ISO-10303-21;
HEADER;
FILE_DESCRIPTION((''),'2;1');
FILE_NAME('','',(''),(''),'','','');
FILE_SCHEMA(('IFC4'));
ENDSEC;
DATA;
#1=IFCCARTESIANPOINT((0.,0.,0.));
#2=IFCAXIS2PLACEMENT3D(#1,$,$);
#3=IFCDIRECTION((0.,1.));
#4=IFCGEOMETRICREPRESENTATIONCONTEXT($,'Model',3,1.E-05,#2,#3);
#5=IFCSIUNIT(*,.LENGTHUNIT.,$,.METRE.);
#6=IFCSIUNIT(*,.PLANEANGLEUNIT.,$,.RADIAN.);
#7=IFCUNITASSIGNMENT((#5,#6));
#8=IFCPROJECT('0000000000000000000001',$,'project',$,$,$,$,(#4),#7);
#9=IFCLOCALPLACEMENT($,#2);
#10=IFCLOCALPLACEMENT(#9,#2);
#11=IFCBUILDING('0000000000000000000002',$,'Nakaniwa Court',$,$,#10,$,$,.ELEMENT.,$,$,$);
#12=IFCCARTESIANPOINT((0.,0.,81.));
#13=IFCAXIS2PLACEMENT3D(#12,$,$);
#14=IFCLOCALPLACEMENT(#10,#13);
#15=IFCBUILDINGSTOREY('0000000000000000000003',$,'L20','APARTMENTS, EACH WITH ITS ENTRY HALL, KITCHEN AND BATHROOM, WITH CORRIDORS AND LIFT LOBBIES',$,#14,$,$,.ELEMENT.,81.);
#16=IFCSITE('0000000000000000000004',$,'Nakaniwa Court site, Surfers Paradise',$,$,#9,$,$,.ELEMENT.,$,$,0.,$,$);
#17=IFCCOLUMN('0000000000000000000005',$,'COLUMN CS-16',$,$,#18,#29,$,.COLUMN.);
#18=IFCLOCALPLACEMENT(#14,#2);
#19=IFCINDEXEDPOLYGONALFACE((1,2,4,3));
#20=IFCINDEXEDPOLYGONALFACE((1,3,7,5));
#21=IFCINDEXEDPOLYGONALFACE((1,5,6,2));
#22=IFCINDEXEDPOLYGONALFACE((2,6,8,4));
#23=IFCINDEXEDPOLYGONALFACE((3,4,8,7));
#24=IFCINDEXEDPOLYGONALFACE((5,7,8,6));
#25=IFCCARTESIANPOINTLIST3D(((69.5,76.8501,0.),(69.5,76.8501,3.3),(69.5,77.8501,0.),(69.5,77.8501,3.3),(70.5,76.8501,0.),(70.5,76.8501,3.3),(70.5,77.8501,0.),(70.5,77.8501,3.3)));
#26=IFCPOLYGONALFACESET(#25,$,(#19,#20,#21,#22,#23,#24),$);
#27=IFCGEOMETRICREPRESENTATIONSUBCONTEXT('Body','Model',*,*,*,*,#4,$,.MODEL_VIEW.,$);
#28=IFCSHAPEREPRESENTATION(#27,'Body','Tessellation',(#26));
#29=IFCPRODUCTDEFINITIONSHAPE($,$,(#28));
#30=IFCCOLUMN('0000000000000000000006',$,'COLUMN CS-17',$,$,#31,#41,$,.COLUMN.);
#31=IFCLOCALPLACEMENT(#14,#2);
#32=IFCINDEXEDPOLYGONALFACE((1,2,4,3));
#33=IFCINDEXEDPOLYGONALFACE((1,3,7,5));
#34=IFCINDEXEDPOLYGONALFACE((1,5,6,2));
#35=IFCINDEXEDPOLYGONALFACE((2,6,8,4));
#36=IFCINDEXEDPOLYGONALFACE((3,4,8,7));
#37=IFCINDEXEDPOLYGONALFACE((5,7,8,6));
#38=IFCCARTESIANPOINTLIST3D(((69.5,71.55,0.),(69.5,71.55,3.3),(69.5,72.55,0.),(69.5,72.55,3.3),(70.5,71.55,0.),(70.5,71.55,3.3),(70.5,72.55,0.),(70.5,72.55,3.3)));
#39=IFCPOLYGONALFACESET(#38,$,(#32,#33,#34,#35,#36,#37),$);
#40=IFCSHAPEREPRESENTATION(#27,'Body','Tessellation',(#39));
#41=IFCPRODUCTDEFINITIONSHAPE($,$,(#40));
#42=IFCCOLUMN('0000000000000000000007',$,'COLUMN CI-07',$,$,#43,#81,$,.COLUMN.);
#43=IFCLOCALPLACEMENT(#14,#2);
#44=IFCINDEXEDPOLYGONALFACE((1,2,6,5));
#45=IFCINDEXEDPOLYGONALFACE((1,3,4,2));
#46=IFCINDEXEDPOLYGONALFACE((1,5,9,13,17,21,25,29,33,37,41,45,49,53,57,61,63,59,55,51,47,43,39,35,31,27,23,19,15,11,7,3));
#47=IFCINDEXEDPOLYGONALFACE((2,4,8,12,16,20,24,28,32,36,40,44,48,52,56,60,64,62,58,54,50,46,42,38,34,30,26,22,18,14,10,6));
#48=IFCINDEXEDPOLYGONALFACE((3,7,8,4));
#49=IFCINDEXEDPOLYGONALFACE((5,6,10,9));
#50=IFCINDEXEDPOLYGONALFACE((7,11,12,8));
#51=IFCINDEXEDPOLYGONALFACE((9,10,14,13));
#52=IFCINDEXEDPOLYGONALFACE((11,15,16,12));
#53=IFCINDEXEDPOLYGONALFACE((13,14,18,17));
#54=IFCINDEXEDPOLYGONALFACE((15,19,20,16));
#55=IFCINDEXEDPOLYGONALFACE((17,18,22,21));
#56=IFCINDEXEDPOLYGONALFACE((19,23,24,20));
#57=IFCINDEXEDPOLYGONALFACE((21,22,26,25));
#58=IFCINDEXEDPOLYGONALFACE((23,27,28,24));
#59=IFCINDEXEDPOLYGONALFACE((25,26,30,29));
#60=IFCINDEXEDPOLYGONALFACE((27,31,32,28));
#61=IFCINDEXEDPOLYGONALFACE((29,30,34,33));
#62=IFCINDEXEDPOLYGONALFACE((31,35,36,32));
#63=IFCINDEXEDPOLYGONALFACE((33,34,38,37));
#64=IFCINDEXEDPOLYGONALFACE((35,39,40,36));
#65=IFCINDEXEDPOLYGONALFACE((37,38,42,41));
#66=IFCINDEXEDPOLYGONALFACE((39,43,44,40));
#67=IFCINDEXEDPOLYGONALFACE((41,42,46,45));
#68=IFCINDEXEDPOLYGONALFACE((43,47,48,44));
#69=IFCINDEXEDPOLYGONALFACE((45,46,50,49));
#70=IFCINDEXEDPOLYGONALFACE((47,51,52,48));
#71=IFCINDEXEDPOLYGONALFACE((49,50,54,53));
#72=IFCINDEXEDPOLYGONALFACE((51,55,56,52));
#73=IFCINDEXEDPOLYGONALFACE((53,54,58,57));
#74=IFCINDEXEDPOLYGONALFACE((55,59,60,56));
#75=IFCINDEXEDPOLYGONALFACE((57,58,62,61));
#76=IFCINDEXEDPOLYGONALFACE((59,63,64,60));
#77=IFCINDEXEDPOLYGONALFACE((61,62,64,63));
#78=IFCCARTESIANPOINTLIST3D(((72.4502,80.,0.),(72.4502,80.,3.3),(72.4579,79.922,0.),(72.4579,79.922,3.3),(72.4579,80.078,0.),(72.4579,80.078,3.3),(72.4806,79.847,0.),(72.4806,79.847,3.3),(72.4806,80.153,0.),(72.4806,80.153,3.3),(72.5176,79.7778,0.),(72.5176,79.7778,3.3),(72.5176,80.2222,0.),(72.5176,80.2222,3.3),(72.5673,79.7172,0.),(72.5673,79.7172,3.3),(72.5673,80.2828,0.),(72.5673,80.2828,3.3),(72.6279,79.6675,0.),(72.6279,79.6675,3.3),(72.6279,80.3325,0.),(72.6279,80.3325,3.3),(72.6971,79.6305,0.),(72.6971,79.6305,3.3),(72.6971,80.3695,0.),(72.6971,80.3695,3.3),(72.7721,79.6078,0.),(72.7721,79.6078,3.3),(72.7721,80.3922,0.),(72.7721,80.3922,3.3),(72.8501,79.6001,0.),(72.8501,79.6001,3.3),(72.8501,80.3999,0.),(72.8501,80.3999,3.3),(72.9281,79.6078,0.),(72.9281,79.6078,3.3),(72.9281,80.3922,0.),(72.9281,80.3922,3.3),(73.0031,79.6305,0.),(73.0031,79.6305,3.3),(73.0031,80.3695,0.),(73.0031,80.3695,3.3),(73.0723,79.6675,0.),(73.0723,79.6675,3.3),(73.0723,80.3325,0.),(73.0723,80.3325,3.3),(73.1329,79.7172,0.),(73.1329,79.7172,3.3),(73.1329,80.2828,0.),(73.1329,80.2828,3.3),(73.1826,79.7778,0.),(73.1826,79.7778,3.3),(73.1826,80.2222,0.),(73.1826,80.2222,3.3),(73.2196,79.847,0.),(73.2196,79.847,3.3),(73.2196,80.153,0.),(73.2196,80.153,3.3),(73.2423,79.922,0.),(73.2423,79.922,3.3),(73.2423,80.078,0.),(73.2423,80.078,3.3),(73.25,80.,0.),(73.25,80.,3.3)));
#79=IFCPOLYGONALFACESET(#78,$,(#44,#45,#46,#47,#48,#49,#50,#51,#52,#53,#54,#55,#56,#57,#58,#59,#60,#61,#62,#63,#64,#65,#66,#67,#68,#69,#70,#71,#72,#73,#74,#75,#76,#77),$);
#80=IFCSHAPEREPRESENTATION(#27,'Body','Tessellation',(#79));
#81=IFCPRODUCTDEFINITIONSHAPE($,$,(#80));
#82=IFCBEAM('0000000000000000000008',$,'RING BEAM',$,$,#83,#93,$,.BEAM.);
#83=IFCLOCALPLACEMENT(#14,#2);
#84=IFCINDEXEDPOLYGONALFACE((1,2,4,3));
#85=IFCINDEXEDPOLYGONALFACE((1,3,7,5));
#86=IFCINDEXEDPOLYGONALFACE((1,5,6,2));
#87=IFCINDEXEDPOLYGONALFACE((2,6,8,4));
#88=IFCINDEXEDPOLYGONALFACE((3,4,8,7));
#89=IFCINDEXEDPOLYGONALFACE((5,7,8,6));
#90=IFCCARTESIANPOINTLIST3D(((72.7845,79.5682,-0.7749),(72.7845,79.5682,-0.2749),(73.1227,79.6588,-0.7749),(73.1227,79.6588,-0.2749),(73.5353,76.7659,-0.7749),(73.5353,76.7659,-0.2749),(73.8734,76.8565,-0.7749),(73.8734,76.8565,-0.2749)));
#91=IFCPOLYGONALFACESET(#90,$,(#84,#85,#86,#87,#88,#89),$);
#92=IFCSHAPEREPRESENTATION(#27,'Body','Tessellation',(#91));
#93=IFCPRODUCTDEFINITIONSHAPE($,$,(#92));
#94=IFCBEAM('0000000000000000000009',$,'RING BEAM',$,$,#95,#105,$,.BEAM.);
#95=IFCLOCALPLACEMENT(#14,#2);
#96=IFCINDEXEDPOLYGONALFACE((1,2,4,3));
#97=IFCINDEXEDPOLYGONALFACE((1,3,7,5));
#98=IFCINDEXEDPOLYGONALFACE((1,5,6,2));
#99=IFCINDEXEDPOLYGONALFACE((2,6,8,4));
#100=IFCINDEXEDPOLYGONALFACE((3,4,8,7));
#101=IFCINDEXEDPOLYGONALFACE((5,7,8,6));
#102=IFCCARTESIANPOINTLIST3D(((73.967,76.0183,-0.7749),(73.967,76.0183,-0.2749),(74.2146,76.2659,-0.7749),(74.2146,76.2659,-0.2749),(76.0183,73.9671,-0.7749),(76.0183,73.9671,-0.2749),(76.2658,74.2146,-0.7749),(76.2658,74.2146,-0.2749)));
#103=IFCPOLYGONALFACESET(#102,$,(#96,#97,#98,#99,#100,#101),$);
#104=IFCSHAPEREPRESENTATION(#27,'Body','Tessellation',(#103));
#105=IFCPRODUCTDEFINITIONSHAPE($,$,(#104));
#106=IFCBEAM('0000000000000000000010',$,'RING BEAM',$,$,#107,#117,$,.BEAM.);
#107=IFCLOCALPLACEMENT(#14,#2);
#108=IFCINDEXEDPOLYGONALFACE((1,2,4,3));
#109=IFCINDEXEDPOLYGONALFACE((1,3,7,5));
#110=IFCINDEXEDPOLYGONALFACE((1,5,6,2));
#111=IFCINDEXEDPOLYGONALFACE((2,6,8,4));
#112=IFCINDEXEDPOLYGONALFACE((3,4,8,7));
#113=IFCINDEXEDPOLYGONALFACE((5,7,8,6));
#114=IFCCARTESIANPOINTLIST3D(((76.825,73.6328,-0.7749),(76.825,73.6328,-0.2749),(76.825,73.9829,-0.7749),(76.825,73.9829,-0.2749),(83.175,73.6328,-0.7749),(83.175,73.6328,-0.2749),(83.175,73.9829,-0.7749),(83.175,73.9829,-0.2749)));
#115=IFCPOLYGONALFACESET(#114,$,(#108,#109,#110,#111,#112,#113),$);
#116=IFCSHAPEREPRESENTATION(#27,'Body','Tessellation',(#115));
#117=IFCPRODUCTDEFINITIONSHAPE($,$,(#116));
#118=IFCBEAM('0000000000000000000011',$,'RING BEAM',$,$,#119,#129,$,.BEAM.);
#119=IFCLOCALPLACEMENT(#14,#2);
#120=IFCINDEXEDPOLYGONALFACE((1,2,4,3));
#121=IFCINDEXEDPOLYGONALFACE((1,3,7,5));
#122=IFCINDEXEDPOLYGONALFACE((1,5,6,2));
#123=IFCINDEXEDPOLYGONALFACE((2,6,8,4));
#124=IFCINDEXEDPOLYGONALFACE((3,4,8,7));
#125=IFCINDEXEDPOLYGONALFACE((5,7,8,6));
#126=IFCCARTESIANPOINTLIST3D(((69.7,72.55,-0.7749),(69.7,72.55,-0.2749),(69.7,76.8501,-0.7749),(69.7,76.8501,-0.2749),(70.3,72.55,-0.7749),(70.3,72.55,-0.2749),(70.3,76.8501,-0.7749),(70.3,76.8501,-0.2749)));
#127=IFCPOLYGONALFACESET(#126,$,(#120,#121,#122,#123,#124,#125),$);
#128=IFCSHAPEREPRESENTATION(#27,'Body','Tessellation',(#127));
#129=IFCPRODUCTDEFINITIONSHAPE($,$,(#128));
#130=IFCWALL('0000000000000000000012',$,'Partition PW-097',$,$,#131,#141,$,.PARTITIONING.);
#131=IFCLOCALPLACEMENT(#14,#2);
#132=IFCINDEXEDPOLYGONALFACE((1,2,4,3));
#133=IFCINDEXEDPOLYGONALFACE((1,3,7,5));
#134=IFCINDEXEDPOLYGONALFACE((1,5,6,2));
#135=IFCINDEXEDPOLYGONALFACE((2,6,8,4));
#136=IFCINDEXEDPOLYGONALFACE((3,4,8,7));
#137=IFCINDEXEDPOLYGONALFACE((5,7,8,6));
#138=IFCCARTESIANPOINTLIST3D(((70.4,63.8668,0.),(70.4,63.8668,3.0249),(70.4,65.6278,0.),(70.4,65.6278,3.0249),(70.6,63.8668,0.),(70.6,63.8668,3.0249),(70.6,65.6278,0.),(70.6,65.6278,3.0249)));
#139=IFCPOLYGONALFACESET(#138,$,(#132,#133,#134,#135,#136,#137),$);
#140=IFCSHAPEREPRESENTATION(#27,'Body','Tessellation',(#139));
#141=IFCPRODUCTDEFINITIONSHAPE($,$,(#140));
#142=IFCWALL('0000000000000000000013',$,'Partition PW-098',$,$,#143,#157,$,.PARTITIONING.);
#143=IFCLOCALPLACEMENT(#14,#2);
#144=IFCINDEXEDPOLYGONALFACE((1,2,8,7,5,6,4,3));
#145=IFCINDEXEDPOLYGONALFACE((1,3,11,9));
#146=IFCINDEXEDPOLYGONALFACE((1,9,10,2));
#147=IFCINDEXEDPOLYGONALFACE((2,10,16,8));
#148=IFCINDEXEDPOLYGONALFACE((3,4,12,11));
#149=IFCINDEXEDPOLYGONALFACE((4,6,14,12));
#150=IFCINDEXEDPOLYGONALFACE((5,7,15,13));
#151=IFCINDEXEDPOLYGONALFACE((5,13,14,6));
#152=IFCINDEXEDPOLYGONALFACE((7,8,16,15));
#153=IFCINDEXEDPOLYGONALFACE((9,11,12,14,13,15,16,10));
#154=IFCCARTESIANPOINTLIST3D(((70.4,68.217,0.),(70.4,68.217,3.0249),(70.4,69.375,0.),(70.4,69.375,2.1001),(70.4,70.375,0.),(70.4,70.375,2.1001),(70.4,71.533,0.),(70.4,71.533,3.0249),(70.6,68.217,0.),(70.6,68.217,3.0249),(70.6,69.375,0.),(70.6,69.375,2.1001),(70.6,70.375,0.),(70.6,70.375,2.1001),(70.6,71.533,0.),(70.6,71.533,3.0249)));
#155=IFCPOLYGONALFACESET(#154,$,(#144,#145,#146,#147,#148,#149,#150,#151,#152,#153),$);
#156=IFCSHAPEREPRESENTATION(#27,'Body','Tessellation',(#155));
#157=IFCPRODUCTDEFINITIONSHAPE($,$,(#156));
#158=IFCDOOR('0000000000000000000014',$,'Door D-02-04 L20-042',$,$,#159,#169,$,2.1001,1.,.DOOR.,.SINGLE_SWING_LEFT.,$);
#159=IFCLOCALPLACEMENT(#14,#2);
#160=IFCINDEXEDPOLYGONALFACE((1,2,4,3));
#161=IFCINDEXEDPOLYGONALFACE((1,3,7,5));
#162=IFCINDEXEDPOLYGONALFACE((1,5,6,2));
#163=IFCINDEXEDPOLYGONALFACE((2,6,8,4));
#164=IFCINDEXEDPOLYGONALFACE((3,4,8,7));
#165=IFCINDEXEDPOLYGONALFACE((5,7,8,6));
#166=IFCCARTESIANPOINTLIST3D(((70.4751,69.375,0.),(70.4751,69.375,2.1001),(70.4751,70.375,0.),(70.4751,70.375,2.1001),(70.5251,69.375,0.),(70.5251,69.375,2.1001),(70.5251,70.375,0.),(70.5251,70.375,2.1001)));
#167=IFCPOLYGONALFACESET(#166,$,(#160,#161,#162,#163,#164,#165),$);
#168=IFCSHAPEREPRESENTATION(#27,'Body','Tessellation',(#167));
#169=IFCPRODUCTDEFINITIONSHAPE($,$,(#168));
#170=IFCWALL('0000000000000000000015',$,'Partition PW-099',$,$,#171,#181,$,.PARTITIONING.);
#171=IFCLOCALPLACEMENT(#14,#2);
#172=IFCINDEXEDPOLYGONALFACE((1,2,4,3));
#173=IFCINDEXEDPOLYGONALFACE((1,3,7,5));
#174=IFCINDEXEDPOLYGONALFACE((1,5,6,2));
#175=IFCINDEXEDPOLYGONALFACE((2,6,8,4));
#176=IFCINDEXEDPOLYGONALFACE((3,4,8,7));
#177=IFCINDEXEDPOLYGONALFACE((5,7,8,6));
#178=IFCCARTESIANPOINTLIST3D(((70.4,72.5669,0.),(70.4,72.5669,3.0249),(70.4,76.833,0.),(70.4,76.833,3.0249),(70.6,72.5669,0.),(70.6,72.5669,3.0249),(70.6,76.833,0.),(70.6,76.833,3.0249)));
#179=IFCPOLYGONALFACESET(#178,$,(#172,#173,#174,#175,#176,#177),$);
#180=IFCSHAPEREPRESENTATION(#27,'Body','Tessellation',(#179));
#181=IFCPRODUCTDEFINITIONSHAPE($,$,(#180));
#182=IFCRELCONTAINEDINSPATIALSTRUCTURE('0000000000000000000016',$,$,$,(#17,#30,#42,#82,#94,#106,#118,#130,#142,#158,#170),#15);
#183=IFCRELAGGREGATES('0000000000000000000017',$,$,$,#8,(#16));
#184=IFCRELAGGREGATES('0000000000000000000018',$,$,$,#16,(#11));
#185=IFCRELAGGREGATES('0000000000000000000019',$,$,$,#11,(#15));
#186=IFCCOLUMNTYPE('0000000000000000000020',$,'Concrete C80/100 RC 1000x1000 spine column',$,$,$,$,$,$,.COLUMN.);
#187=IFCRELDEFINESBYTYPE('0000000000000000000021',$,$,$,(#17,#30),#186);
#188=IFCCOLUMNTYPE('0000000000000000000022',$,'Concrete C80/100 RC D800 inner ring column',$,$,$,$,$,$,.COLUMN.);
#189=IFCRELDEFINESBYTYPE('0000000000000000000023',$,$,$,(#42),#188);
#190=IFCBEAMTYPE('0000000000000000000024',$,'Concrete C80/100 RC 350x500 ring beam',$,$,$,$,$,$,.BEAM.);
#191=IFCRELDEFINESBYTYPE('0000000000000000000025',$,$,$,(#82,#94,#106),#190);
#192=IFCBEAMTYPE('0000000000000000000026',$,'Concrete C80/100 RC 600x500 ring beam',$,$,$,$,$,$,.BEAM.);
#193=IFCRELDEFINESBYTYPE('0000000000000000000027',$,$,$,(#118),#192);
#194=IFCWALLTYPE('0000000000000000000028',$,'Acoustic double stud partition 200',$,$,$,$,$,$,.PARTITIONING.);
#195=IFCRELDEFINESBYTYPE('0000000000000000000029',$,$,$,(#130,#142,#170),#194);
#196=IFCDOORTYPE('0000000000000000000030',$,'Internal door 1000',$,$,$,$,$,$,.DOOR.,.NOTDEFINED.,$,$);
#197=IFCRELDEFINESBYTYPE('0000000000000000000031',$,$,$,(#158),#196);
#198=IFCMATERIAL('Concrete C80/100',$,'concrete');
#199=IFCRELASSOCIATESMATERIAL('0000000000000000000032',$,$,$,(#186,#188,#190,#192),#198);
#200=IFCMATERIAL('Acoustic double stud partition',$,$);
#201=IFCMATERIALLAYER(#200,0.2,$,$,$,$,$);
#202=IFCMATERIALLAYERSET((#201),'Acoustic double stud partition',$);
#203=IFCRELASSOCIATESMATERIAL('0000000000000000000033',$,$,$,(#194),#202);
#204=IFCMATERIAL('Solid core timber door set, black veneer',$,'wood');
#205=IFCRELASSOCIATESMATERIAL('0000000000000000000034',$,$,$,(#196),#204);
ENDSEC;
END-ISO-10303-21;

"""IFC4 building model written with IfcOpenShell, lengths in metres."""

from ifc_helpers import new_model, si_unit, direction, frame, frame_2d, origin, origin_2d, place, context, subcontext, project, spatial, rectangle, circle, extrude, material, layer, layer_set, material_profile, profile_set, type_object, element, fill, save


model = new_model("IFC4")

# Units and contexts
model_context = context("Model", 3, precision=1e-05, world=origin(), true_north=direction((0.0, 1.0)))
body_context = subcontext(model_context, "Body", "Model", "MODEL_VIEW")
ifc_project = project(units=[si_unit("LENGTHUNIT", "METRE"), si_unit("PLANEANGLEUNIT", "RADIAN")], contexts=[model_context])

# Site, building, storey
site_placement = place(None, origin())
site = spatial("IfcSite", under=ifc_project, at=site_placement, Name="Nakaniwa Court site, Surfers Paradise", CompositionType="ELEMENT", RefElevation=0.0)
building_placement = place(site_placement, origin())
building = spatial("IfcBuilding", under=site, at=building_placement, Name="Nakaniwa Court", CompositionType="ELEMENT")
storey_placement = place(building_placement, frame((0.0, 0.0, 81.0)))
storey = spatial("IfcBuildingStorey", under=building, at=storey_placement, Name="L20", Description="APARTMENTS, EACH WITH ITS ENTRY HALL, KITCHEN AND BATHROOM, WITH CORRIDORS AND LIFT LOBBIES", CompositionType="ELEMENT", Elevation=81.0)

# Columns
ifc_material_1 = material(Name="Concrete C80/100", Category="concrete")
ifc_material_profile_1 = material_profile(ifc_material_1, rectangle(XDim=1.0, YDim=1.0, at=origin_2d()), Name="Concrete C80/100 RC 1000x1000 spine column")
ifc_profile_set_1 = profile_set([ifc_material_profile_1], Name="Concrete C80/100")
column_type_1 = type_object("IfcColumnType", Name="Concrete C80/100 RC 1000x1000 spine column", PredefinedType="COLUMN", material=ifc_profile_set_1)
for number, where, z_axis, x_axis, name in (
    (1, (70.0, 77.3501, 0.0), (0.0, 0.0, 1.0), (0.0, -1.0, 0.0), "COLUMN CS-16"),
    (2, (70.0, 72.05, 0.0), (0.0, 0.0, 1.0), (0.0, -1.0, 0.0), "COLUMN CS-17"),
):
    element("IfcColumn", number, at=place(storey_placement, frame(where, z_axis=z_axis, x_axis=x_axis)), inside=storey, type_object=column_type_1, Name=name, PredefinedType="COLUMN", context=body_context, shape_type="SweptSolid", body=[
        extrude(rectangle(XDim=1.0, YDim=1.0, at=origin_2d()), origin(), (0.0, 0.0, 1.0), 3.3),
    ])
ifc_material_profile_2 = material_profile(ifc_material_1, circle(Radius=0.3999, at=origin_2d()), Name="Concrete C80/100 RC D800 inner ring column")
ifc_profile_set_2 = profile_set([ifc_material_profile_2], Name="Concrete C80/100")
column_type_2 = type_object("IfcColumnType", Name="Concrete C80/100 RC D800 inner ring column", PredefinedType="COLUMN", material=ifc_profile_set_2)
for number, where, z_axis, x_axis, name in (
    (3, (72.8501, 80.0, 0.0), (0.0, 0.0, 1.0), (0.0, -1.0, 0.0), "COLUMN CI-07"),
):
    element("IfcColumn", number, at=place(storey_placement, frame(where, z_axis=z_axis, x_axis=x_axis)), inside=storey, type_object=column_type_2, Name=name, PredefinedType="COLUMN", context=body_context, shape_type="SweptSolid", body=[
        extrude(circle(Radius=0.3999, at=origin_2d()), origin(), (0.0, 0.0, 1.0), 3.3),
    ])

# Beams
ifc_material_profile_3 = material_profile(ifc_material_1, rectangle(XDim=0.3501, YDim=0.5, at=origin_2d()), Name="Concrete C80/100 RC 350x500 ring beam")
ifc_profile_set_3 = profile_set([ifc_material_profile_3], Name="Concrete C80/100")
beam_type_1 = type_object("IfcBeamType", Name="Concrete C80/100 RC 350x500 ring beam", PredefinedType="BEAM", material=ifc_profile_set_3)
beam_1_placement = place(storey_placement, frame((72.9536, 79.6135, -0.5249), z_axis=(0.258778, -0.965937, 0.0), x_axis=(0.965937, 0.258778, 0.0)))
element("IfcBeam", 4, at=beam_1_placement, inside=storey, type_object=beam_type_1, Name="RING BEAM", PredefinedType="BEAM", context=body_context, shape_type="SweptSolid", body=[
    extrude(rectangle(XDim=0.3501, YDim=0.5, at=origin_2d()), origin(), (0.0, 0.0, 1.0), 2.9011),
])
beam_2_placement = place(storey_placement, frame((74.0908, 76.1421, -0.5249), z_axis=(0.707107, -0.707107, 0.0), x_axis=(0.707107, 0.707107, 0.0)))
element("IfcBeam", 5, at=beam_2_placement, inside=storey, type_object=beam_type_1, Name="RING BEAM", PredefinedType="BEAM", context=body_context, shape_type="SweptSolid", body=[
    extrude(rectangle(XDim=0.3501, YDim=0.5, at=origin_2d()), origin(), (0.0, 0.0, 1.0), 2.9009),
])
beam_3_placement = place(storey_placement, frame((76.825, 73.8079, -0.5249), z_axis=(1.0, 0.0, 0.0), x_axis=(0.0, 1.0, 0.0)))
element("IfcBeam", 6, at=beam_3_placement, inside=storey, type_object=beam_type_1, Name="RING BEAM", PredefinedType="BEAM", context=body_context, shape_type="SweptSolid", body=[
    extrude(rectangle(XDim=0.3501, YDim=0.5, at=origin_2d()), origin(), (0.0, 0.0, 1.0), 6.3501),
])
ifc_material_profile_4 = material_profile(ifc_material_1, rectangle(XDim=0.6001, YDim=0.5, at=origin_2d()), Name="Concrete C80/100 RC 600x500 ring beam")
ifc_profile_set_4 = profile_set([ifc_material_profile_4], Name="Concrete C80/100")
beam_type_2 = type_object("IfcBeamType", Name="Concrete C80/100 RC 600x500 ring beam", PredefinedType="BEAM", material=ifc_profile_set_4)
beam_4_placement = place(storey_placement, frame((70.0, 76.8501, -0.5249), z_axis=(0.0, -1.0, 0.0), x_axis=(1.0, 0.0, 0.0)))
element("IfcBeam", 7, at=beam_4_placement, inside=storey, type_object=beam_type_2, Name="RING BEAM", PredefinedType="BEAM", context=body_context, shape_type="SweptSolid", body=[
    extrude(rectangle(XDim=0.6001, YDim=0.5, at=origin_2d()), origin(), (0.0, 0.0, 1.0), 4.3),
])

# Wall
ifc_material_2 = material(Name="Acoustic double stud partition")
ifc_layer_1 = layer(ifc_material_2, 0.2)
ifc_layer_set_1 = layer_set([ifc_layer_1], Name="Acoustic double stud partition")
wall_type_1 = type_object("IfcWallType", Name="Acoustic double stud partition 200", PredefinedType="PARTITIONING", material=ifc_layer_set_1)
wall_1_placement = place(storey_placement, frame((70.5, 63.8669, 0.0), z_axis=(0.0, 0.0, 1.0), x_axis=(0.0, 1.0, 0.0)))
element("IfcWall", 8, at=wall_1_placement, inside=storey, type_object=wall_type_1, Name="Partition PW-097", PredefinedType="PARTITIONING", context=body_context, shape_type="SweptSolid", body=[
    extrude(rectangle(XDim=1.761, YDim=0.2, at=frame_2d((0.8804, 0.0))), origin(), (0.0, 0.0, 1.0), 3.0249),
])

# Wall, opening, door
wall_2_placement = place(storey_placement, frame((70.5, 68.217, 0.0), z_axis=(0.0, 0.0, 1.0), x_axis=(0.0, 1.0, 0.0)))
wall_2 = element("IfcWall", 9, at=wall_2_placement, inside=storey, type_object=wall_type_1, Name="Partition PW-098", PredefinedType="PARTITIONING", context=body_context, shape_type="SweptSolid", body=[
    extrude(rectangle(XDim=3.3159, YDim=0.2, at=frame_2d((1.658, 0.0))), origin(), (0.0, 0.0, 1.0), 3.0249),
])
opening_1_placement = place(wall_2_placement, frame((1.158, 0.0, 0.0)))
opening_1 = element("IfcOpeningElement", 10, at=opening_1_placement, cuts=wall_2, PredefinedType="OPENING", context=body_context, shape_type="SweptSolid", body=[
    extrude(rectangle(XDim=1.0, YDim=2.1001, at=frame_2d((0.5, 1.05))), frame((0.0, 0.1099, 0.0), z_axis=(0.0, -1.0, 0.0), x_axis=(1.0, 0.0, 0.0)), (0.0, 0.0, 1.0), 0.22),
])
ifc_material_3 = material(Name="Solid core timber door set, black veneer", Category="wood")
door_type_1 = type_object("IfcDoorType", Name="Internal door 1000", OperationType="NOTDEFINED", PredefinedType="DOOR", material=ifc_material_3)
door_1_placement = place(opening_1_placement, origin())
door_1 = element("IfcDoor", 11, at=door_1_placement, inside=storey, type_object=door_type_1, Name="Door D-02-04 L20-042", OperationType="SINGLE_SWING_LEFT", OverallHeight=2.1001, OverallWidth=1.0, PredefinedType="DOOR", context=body_context, shape_type="SweptSolid", body=[
    extrude(rectangle(XDim=1.0, YDim=2.1001, at=frame_2d((0.5, 1.05))), frame((0.0, 0.0249, 0.0), z_axis=(0.0, -1.0, 0.0), x_axis=(1.0, 0.0, 0.0)), (0.0, 0.0, 1.0), 0.05),
])
fill(opening_1, door_1)

# Wall
wall_3_placement = place(storey_placement, frame((70.5, 72.5669, 0.0), z_axis=(0.0, 0.0, 1.0), x_axis=(0.0, 1.0, 0.0)))
element("IfcWall", 12, at=wall_3_placement, inside=storey, type_object=wall_type_1, Name="Partition PW-099", PredefinedType="PARTITIONING", context=body_context, shape_type="SweptSolid", body=[
    extrude(rectangle(XDim=4.2661, YDim=0.2, at=frame_2d((2.1331, 0.0))), origin(), (0.0, 0.0, 1.0), 3.0249),
])

save(model, "model.ifc")
